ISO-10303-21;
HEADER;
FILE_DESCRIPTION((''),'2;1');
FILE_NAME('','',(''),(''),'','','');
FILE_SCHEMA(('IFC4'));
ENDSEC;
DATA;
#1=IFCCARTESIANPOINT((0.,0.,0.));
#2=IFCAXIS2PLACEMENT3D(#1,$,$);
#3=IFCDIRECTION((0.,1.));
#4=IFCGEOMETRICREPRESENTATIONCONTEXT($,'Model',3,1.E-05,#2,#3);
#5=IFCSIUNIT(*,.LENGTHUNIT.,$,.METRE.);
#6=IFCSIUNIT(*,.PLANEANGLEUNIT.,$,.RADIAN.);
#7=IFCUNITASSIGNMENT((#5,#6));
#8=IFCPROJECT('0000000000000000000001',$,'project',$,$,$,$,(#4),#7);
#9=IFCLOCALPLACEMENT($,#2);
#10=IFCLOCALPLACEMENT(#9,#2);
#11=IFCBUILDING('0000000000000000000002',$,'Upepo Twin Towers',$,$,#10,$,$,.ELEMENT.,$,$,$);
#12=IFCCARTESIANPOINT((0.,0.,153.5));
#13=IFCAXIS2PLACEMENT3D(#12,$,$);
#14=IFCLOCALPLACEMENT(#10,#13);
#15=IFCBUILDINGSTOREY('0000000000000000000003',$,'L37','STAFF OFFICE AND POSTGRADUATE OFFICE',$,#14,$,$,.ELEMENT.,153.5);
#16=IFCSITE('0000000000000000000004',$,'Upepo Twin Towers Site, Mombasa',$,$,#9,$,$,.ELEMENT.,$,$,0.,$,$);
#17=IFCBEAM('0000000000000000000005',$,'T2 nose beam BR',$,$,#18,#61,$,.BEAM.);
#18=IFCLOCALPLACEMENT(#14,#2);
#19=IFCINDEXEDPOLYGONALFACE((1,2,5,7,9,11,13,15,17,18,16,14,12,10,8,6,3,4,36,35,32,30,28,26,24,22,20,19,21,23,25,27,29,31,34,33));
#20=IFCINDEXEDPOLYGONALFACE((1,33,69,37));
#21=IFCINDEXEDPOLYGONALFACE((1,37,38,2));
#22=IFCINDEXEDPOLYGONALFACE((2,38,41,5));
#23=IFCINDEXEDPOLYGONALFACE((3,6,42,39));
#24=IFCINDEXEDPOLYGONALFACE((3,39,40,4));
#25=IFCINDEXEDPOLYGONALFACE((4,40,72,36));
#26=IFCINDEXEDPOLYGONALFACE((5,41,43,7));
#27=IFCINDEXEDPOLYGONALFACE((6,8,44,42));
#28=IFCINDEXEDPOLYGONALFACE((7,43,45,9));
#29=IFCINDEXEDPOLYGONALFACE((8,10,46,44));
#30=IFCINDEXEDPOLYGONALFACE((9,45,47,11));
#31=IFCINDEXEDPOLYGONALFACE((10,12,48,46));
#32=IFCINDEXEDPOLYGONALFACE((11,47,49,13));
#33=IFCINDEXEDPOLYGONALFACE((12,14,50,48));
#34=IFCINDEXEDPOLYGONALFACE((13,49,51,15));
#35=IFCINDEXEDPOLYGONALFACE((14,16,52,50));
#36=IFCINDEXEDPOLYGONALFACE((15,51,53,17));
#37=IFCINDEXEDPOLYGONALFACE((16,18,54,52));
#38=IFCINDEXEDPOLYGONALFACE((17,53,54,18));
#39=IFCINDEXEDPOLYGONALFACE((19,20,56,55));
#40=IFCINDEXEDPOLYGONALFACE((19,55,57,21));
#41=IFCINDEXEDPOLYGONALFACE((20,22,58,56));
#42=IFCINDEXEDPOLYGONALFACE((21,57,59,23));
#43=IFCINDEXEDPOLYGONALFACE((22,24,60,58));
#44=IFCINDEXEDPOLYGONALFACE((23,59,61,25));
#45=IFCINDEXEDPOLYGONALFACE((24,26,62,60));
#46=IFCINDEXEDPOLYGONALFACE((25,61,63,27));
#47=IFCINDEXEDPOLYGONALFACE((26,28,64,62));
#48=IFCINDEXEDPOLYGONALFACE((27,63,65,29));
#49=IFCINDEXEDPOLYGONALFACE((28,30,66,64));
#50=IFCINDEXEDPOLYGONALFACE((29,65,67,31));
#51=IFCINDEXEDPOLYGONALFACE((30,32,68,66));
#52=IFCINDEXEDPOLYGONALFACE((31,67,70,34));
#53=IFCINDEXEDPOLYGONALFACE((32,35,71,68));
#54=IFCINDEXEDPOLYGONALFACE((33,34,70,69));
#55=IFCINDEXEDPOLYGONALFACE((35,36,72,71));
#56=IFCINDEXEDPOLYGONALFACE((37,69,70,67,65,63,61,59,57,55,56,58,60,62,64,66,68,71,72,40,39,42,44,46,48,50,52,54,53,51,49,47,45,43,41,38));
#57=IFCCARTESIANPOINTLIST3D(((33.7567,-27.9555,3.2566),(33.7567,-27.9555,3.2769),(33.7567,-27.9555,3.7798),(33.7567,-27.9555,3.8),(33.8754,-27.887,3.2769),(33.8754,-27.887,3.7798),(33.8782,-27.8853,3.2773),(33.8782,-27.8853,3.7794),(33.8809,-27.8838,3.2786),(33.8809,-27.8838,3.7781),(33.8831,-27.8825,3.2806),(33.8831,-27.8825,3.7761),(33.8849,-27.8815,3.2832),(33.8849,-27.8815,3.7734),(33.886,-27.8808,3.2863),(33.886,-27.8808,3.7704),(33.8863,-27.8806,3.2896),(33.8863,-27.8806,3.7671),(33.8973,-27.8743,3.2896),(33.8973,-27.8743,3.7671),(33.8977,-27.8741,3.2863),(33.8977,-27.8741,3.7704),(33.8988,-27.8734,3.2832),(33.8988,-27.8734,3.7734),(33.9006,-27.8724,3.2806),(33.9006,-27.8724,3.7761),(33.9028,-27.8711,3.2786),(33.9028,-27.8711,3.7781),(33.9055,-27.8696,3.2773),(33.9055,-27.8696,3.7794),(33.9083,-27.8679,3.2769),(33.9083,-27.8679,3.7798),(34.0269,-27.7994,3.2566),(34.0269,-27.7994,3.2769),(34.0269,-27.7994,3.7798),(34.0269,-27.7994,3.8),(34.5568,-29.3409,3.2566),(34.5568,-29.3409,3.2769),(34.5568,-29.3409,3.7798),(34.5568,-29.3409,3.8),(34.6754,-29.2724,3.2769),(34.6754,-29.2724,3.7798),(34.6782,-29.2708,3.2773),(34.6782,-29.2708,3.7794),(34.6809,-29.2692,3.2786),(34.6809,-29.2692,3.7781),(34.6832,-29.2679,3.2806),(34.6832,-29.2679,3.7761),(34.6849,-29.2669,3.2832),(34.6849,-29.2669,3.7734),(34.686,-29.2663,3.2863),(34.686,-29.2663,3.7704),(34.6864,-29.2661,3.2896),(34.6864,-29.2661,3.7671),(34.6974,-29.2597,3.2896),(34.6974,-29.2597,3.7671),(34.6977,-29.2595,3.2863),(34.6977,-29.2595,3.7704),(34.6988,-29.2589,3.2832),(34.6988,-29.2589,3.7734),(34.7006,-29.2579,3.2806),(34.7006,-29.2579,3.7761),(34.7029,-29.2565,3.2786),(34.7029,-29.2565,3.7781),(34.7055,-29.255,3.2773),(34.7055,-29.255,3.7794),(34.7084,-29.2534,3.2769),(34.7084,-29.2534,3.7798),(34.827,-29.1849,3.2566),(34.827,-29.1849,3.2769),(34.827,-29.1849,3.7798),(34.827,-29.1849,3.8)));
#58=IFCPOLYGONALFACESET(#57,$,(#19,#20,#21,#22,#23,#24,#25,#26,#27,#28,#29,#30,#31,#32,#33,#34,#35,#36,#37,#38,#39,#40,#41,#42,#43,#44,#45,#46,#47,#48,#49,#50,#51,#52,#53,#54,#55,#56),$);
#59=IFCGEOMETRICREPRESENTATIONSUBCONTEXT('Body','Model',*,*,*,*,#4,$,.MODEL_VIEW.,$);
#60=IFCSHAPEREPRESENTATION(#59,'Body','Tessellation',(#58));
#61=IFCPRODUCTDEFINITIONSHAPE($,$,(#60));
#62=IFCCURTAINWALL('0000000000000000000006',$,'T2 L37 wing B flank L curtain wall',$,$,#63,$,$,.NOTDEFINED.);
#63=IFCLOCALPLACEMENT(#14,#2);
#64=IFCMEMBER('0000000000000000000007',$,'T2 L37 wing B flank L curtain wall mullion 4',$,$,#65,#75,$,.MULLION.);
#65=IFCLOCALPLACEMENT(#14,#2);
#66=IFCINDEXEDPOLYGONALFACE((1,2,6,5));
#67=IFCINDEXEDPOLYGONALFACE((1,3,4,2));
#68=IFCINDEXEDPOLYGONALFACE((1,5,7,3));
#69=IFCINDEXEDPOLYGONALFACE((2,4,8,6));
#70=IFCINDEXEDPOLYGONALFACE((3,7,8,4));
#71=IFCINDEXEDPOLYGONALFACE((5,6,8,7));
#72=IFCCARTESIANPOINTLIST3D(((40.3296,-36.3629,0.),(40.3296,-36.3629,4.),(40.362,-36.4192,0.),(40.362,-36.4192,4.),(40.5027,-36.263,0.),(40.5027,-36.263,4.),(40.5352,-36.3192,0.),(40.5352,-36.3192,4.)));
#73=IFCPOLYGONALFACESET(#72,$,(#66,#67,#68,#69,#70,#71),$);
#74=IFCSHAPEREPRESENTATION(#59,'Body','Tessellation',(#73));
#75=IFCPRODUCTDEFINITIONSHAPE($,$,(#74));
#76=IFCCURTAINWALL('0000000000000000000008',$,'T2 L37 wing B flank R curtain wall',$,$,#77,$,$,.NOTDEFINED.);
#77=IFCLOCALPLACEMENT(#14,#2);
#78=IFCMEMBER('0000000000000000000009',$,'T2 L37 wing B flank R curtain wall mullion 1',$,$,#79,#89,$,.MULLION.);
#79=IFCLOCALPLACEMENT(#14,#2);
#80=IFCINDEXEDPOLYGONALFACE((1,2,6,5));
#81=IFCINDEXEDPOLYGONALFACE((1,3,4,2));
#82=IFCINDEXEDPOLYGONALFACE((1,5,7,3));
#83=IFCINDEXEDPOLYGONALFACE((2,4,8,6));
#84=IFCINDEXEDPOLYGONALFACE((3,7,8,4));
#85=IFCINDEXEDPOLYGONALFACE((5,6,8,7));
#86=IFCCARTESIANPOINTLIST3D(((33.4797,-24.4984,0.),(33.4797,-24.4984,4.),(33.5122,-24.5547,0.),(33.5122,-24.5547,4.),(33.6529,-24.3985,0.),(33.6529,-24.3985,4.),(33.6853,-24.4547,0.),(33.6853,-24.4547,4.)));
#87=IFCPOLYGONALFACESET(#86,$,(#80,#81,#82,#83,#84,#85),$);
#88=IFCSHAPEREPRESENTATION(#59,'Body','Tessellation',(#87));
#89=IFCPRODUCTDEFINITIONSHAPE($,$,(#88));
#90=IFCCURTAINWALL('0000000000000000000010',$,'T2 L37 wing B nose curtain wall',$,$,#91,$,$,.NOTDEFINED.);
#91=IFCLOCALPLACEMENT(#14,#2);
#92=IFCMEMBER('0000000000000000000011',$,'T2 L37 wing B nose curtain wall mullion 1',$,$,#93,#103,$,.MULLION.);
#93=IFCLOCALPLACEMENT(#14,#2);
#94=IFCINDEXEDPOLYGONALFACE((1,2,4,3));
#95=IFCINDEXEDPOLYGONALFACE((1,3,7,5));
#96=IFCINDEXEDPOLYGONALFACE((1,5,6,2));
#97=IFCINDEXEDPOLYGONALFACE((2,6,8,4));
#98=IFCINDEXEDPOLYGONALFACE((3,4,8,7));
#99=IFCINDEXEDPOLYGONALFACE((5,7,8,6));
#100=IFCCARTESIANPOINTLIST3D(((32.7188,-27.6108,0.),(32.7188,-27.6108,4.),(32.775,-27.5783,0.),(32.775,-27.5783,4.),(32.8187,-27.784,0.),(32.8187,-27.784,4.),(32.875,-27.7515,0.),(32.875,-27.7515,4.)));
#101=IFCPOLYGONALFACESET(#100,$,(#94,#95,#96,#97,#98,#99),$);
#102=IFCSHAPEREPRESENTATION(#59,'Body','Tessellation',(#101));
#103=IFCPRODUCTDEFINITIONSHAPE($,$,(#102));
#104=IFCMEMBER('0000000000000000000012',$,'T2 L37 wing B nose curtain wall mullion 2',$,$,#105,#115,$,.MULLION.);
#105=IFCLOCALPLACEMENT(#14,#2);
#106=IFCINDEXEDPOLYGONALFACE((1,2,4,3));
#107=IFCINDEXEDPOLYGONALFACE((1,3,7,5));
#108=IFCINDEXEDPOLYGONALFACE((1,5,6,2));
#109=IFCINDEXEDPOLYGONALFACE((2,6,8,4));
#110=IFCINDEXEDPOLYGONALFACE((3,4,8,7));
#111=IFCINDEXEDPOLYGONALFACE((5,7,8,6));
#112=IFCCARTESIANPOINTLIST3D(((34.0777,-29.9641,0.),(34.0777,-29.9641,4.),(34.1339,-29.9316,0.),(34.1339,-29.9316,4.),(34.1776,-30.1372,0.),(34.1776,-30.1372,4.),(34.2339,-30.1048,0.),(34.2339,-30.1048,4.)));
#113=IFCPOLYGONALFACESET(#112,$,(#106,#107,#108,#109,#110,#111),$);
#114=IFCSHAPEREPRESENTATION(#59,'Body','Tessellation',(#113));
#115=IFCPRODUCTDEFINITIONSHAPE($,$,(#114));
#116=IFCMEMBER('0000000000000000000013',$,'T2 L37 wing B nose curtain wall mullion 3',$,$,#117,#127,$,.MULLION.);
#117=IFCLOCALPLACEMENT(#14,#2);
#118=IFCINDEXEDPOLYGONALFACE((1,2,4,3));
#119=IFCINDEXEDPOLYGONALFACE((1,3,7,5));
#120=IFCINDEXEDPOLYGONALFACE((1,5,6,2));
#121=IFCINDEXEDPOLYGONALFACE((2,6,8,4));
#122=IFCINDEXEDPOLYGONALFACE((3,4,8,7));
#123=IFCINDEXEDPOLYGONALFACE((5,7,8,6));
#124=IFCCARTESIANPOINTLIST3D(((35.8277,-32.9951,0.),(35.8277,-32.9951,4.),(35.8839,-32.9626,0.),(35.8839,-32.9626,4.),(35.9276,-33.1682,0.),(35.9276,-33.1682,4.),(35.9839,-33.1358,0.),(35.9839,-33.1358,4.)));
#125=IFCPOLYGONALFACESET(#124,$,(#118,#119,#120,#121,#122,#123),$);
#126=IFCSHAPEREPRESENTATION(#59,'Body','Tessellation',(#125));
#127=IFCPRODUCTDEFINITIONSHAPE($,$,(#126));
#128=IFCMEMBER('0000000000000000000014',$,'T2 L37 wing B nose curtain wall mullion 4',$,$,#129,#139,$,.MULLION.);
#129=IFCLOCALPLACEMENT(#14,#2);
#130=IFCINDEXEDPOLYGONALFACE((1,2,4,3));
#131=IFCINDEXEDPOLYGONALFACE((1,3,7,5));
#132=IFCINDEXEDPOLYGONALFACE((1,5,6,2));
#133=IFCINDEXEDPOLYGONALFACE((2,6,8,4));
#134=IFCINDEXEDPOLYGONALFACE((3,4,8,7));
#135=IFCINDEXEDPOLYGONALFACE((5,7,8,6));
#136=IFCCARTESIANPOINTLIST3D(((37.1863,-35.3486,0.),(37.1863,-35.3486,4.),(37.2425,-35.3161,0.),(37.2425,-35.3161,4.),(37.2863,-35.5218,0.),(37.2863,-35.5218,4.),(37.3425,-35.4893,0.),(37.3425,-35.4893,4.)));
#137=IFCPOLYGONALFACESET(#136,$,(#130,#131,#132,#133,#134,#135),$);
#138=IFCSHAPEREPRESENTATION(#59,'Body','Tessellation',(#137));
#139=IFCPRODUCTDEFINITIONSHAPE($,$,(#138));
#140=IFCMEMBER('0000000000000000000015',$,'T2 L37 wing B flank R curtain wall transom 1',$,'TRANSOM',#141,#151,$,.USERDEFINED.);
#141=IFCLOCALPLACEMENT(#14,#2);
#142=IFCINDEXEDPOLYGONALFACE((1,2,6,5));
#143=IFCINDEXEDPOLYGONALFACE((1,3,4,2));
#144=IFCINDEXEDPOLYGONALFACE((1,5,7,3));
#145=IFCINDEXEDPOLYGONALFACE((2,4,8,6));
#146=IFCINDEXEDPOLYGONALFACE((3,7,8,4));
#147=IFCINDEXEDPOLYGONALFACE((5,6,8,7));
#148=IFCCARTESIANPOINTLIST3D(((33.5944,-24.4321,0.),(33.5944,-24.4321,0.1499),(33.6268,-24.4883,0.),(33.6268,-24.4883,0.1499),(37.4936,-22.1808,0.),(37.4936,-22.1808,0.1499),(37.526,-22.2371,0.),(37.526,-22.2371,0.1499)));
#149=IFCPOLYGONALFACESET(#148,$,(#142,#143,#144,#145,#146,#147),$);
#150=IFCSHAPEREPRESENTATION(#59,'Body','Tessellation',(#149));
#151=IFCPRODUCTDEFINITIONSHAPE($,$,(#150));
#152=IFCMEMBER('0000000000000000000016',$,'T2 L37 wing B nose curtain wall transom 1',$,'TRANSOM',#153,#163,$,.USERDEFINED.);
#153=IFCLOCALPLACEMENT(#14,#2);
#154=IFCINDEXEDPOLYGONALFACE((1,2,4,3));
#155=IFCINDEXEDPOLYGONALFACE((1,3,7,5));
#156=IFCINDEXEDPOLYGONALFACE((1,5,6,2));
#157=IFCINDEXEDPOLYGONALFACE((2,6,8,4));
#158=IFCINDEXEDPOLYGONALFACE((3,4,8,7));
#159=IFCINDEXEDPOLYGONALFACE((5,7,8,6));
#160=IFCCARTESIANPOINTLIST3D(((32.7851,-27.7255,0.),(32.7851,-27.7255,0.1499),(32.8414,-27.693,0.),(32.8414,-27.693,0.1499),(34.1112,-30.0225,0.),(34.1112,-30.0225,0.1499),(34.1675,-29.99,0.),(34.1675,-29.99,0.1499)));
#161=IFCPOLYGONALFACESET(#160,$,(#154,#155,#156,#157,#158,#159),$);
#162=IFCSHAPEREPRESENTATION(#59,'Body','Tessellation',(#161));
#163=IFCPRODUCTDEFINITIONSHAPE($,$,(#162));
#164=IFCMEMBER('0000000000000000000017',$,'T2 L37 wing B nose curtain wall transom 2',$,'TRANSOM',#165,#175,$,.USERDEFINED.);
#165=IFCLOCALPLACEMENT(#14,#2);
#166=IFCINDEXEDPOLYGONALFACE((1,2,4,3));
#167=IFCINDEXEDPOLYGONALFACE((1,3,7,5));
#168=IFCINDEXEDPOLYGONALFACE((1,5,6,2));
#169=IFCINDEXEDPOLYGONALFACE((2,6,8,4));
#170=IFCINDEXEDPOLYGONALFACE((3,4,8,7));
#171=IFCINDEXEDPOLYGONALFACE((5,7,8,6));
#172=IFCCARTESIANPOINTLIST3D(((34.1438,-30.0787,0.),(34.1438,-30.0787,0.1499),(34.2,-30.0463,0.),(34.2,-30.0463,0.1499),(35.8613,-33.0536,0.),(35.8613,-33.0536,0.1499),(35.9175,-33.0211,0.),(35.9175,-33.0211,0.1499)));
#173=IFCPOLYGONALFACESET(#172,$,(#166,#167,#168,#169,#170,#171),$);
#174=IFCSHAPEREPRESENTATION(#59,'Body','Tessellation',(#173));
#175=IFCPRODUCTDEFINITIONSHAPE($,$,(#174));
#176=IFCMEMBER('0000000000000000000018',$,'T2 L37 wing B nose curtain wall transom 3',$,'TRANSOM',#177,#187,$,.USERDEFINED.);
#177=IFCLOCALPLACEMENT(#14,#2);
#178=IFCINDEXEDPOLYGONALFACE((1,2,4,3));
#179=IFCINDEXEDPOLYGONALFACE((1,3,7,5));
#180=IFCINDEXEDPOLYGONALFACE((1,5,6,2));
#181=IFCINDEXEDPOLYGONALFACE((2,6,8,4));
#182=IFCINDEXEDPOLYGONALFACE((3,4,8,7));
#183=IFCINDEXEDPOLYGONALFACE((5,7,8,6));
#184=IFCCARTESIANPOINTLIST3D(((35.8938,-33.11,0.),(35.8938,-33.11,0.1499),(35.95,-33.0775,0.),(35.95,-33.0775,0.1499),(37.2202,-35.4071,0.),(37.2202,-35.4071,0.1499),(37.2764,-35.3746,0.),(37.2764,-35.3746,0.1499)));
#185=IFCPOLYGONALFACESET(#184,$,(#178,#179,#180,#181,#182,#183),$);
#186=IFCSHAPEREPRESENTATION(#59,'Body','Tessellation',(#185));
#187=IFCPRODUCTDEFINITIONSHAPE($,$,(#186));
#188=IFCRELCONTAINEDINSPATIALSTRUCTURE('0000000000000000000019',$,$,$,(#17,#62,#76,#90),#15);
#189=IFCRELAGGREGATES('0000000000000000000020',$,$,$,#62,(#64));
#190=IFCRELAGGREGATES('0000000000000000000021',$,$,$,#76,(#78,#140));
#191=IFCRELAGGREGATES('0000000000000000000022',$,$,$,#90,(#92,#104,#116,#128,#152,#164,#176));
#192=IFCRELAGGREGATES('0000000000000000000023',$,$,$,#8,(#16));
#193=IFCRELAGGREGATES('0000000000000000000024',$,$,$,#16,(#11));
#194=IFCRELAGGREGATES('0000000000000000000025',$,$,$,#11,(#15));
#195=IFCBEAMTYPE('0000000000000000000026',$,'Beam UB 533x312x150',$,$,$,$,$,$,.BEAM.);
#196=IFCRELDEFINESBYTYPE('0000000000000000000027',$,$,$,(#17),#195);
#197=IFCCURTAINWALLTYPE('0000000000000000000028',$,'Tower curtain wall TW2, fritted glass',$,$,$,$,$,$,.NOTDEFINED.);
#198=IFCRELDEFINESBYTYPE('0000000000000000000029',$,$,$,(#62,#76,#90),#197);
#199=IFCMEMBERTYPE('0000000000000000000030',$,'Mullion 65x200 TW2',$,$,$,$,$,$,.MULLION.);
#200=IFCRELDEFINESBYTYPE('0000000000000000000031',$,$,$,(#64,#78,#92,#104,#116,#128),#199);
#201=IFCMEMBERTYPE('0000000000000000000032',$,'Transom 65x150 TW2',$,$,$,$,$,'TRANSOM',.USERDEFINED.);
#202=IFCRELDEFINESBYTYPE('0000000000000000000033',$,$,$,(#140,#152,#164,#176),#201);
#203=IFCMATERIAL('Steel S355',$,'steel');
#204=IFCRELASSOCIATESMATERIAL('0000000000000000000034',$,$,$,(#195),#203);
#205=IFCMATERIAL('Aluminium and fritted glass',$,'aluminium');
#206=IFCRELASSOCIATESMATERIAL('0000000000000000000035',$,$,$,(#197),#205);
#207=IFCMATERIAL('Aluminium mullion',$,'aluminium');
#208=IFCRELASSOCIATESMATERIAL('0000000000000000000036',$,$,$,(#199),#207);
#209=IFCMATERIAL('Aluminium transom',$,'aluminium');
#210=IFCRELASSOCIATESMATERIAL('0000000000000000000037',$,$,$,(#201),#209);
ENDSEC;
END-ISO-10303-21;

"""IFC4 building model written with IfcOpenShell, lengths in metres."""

from ifc_helpers import new_model, si_unit, direction, frame, origin, origin_2d, place, context, subcontext, project, spatial, rectangle, i_section, extrude, material, material_profile, profile_set, type_object, element, aggregate, save


model = new_model("IFC4")

# Units and contexts
model_context = context("Model", 3, precision=1e-05, world=origin(), true_north=direction((0.0, 1.0)))
body_context = subcontext(model_context, "Body", "Model", "MODEL_VIEW")
ifc_project = project(units=[si_unit("LENGTHUNIT", "METRE"), si_unit("PLANEANGLEUNIT", "RADIAN")], contexts=[model_context])

# Site, building, storey
site_placement = place(None, origin())
site = spatial("IfcSite", under=ifc_project, at=site_placement, Name="Upepo Twin Towers Site, Mombasa", CompositionType="ELEMENT", RefElevation=0.0)
building_placement = place(site_placement, origin())
building = spatial("IfcBuilding", under=site, at=building_placement, Name="Upepo Twin Towers", CompositionType="ELEMENT")
storey_placement = place(building_placement, frame((0.0, 0.0, 153.5)))
storey = spatial("IfcBuildingStorey", under=building, at=storey_placement, Name="L37", Description="STAFF OFFICE AND POSTGRADUATE OFFICE", CompositionType="ELEMENT", Elevation=153.5)

# Beam
ifc_material_1 = material(Name="Steel S355", Category="steel")
ifc_material_profile_1 = material_profile(ifc_material_1, i_section(OverallWidth=0.312, OverallDepth=0.5435, WebThickness=0.0127, FlangeThickness=0.0203, FilletRadius=0.0127, at=origin_2d()), Name="UB 533x312x150")
ifc_profile_set_1 = profile_set([ifc_material_profile_1], Name="Steel S355")
beam_type_1 = type_object("IfcBeamType", Name="Beam UB 533x312x150", PredefinedType="BEAM", material=ifc_profile_set_1)
for number, where, z_axis, x_axis, name in (
    (1, (33.8918, -27.8774, 3.5283), (0.500061, -0.86599, 0.0), (0.86599, 0.500061, 0.0), "T2 nose beam BR"),
):
    element("IfcBeam", number, at=place(storey_placement, frame(where, z_axis=z_axis, x_axis=x_axis)), inside=storey, type_object=beam_type_1, Name=name, PredefinedType="BEAM", context=body_context, shape_type="SweptSolid", body=[
        extrude(i_section(OverallWidth=0.312, OverallDepth=0.5435, WebThickness=0.0127, FlangeThickness=0.0203, FilletRadius=0.0127, at=origin_2d()), origin(), (0.0, 0.0, 1.0), 1.5999),
    ])

# Curtain walls, members
ifc_material_2 = material(Name="Aluminium and fritted glass", Category="aluminium")
curtain_wall_type = type_object("IfcCurtainWallType", Name="Tower curtain wall TW2, fritted glass", PredefinedType="NOTDEFINED", material=ifc_material_2)
curtain_wall_1_placement = place(storey_placement, origin())
curtain_wall_1 = element("IfcCurtainWall", 2, at=curtain_wall_1_placement, inside=storey, type_object=curtain_wall_type, Name="T2 L37 wing B flank L curtain wall", PredefinedType="NOTDEFINED")
ifc_material_3 = material(Name="Aluminium mullion", Category="aluminium")
ifc_material_profile_2 = material_profile(ifc_material_3, rectangle(XDim=0.0649, YDim=0.2, at=origin_2d()), Name="MULLION 65x200")
ifc_profile_set_2 = profile_set([ifc_material_profile_2], Name="Aluminium mullion")
member_type_1 = type_object("IfcMemberType", Name="Mullion 65x200 TW2", PredefinedType="MULLION", material=ifc_profile_set_2)
member_1_placement = place(storey_placement, frame((40.4324, -36.3411, 0.0), z_axis=(0.0, 0.0, 1.0), x_axis=(0.5, -0.866025, 0.0)))
member_1 = element("IfcMember", 3, at=member_1_placement, type_object=member_type_1, Name="T2 L37 wing B flank L curtain wall mullion 4", PredefinedType="MULLION", context=body_context, shape_type="SweptSolid", body=[
    extrude(rectangle(XDim=0.0649, YDim=0.2, at=origin_2d()), origin(), (0.0, 0.0, 1.0), 4.0),
])
aggregate(curtain_wall_1, [member_1])
curtain_wall_2_placement = place(storey_placement, origin())
curtain_wall_2 = element("IfcCurtainWall", 4, at=curtain_wall_2_placement, inside=storey, type_object=curtain_wall_type, Name="T2 L37 wing B flank R curtain wall", PredefinedType="NOTDEFINED")
member_2_placement = place(storey_placement, frame((33.5825, -24.4766, 0.0), z_axis=(0.0, 0.0, 1.0), x_axis=(-0.5, 0.866025, 0.0)))
member_2 = element("IfcMember", 5, at=member_2_placement, type_object=member_type_1, Name="T2 L37 wing B flank R curtain wall mullion 1", PredefinedType="MULLION", context=body_context, shape_type="SweptSolid", body=[
    extrude(rectangle(XDim=0.0649, YDim=0.2, at=origin_2d()), origin(), (0.0, 0.0, 1.0), 4.0),
])

# Curtain wall, members
curtain_wall_3_placement = place(storey_placement, origin())
curtain_wall_3 = element("IfcCurtainWall", 6, at=curtain_wall_3_placement, inside=storey, type_object=curtain_wall_type, Name="T2 L37 wing B nose curtain wall", PredefinedType="NOTDEFINED")
member_3_placement = place(storey_placement, frame((32.7969, -27.6812, 0.0), z_axis=(0.0, 0.0, 1.0), x_axis=(0.866025, 0.5, 0.0)))
member_3 = element("IfcMember", 7, at=member_3_placement, type_object=member_type_1, Name="T2 L37 wing B nose curtain wall mullion 1", PredefinedType="MULLION", context=body_context, shape_type="SweptSolid", body=[
    extrude(rectangle(XDim=0.0649, YDim=0.2, at=origin_2d()), origin(), (0.0, 0.0, 1.0), 4.0),
])
member_4_placement = place(storey_placement, frame((34.1558, -30.0344, 0.0), z_axis=(0.0, 0.0, 1.0), x_axis=(0.866025, 0.5, 0.0)))
member_4 = element("IfcMember", 8, at=member_4_placement, type_object=member_type_1, Name="T2 L37 wing B nose curtain wall mullion 2", PredefinedType="MULLION", context=body_context, shape_type="SweptSolid", body=[
    extrude(rectangle(XDim=0.0649, YDim=0.2, at=origin_2d()), origin(), (0.0, 0.0, 1.0), 4.0),
])
member_5_placement = place(storey_placement, frame((35.9058, -33.0654, 0.0), z_axis=(0.0, 0.0, 1.0), x_axis=(0.866025, 0.5, 0.0)))
member_5 = element("IfcMember", 9, at=member_5_placement, type_object=member_type_1, Name="T2 L37 wing B nose curtain wall mullion 3", PredefinedType="MULLION", context=body_context, shape_type="SweptSolid", body=[
    extrude(rectangle(XDim=0.0649, YDim=0.2, at=origin_2d()), origin(), (0.0, 0.0, 1.0), 4.0),
])
member_6_placement = place(storey_placement, frame((37.2644, -35.4189, 0.0), z_axis=(0.0, 0.0, 1.0), x_axis=(0.866025, 0.5, 0.0)))
member_6 = element("IfcMember", 10, at=member_6_placement, type_object=member_type_1, Name="T2 L37 wing B nose curtain wall mullion 4", PredefinedType="MULLION", context=body_context, shape_type="SweptSolid", body=[
    extrude(rectangle(XDim=0.0649, YDim=0.2, at=origin_2d()), origin(), (0.0, 0.0, 1.0), 4.0),
])

# Members
ifc_material_4 = material(Name="Aluminium transom", Category="aluminium")
ifc_material_profile_3 = material_profile(ifc_material_4, rectangle(XDim=0.0649, YDim=0.1499, at=origin_2d()), Name="TRANSOM 65x150")
ifc_profile_set_3 = profile_set([ifc_material_profile_3], Name="Aluminium transom")
member_type_2 = type_object("IfcMemberType", Name="Transom 65x150 TW2", ElementType="TRANSOM", PredefinedType="USERDEFINED", material=ifc_profile_set_3)
member_7_placement = place(storey_placement, frame((33.6106, -24.4602, 0.075), z_axis=(0.866022, 0.500006, 0.0), x_axis=(-0.500006, 0.866022, 0.0)))
member_7 = element("IfcMember", 11, at=member_7_placement, type_object=member_type_2, Name="T2 L37 wing B flank R curtain wall transom 1", ObjectType="TRANSOM", PredefinedType="USERDEFINED", context=body_context, shape_type="SweptSolid", body=[
    extrude(rectangle(XDim=0.0649, YDim=0.1499, at=origin_2d()), origin(), (0.0, 0.0, 1.0), 4.5024),
])
member_8_placement = place(storey_placement, frame((32.8132, -27.7092, 0.075), z_axis=(0.49998, -0.866037, 0.0), x_axis=(0.866037, 0.49998, 0.0)))
member_8 = element("IfcMember", 12, at=member_8_placement, type_object=member_type_2, Name="T2 L37 wing B nose curtain wall transom 1", ObjectType="TRANSOM", PredefinedType="USERDEFINED", context=body_context, shape_type="SweptSolid", body=[
    extrude(rectangle(XDim=0.0649, YDim=0.1499, at=origin_2d()), origin(), (0.0, 0.0, 1.0), 2.6523),
])
member_9_placement = place(storey_placement, frame((34.1719, -30.0625, 0.075), z_axis=(0.499999, -0.866026, 0.0), x_axis=(0.866026, 0.499999, 0.0)))
member_9 = element("IfcMember", 13, at=member_9_placement, type_object=member_type_2, Name="T2 L37 wing B nose curtain wall transom 2", ObjectType="TRANSOM", PredefinedType="USERDEFINED", context=body_context, shape_type="SweptSolid", body=[
    extrude(rectangle(XDim=0.0649, YDim=0.1499, at=origin_2d()), origin(), (0.0, 0.0, 1.0), 3.4351),
])
member_10_placement = place(storey_placement, frame((35.9219, -33.0938, 0.075), z_axis=(0.500049, -0.865997, 0.0), x_axis=(0.865997, 0.500049, 0.0)))
member_10 = element("IfcMember", 14, at=member_10_placement, type_object=member_type_2, Name="T2 L37 wing B nose curtain wall transom 3", ObjectType="TRANSOM", PredefinedType="USERDEFINED", context=body_context, shape_type="SweptSolid", body=[
    extrude(rectangle(XDim=0.0649, YDim=0.1499, at=origin_2d()), origin(), (0.0, 0.0, 1.0), 2.6526),
])

aggregate(curtain_wall_2, [member_2, member_7])
aggregate(curtain_wall_3, [member_3, member_4, member_5, member_6, member_8, member_9, member_10])

save(model, "model.ifc")
